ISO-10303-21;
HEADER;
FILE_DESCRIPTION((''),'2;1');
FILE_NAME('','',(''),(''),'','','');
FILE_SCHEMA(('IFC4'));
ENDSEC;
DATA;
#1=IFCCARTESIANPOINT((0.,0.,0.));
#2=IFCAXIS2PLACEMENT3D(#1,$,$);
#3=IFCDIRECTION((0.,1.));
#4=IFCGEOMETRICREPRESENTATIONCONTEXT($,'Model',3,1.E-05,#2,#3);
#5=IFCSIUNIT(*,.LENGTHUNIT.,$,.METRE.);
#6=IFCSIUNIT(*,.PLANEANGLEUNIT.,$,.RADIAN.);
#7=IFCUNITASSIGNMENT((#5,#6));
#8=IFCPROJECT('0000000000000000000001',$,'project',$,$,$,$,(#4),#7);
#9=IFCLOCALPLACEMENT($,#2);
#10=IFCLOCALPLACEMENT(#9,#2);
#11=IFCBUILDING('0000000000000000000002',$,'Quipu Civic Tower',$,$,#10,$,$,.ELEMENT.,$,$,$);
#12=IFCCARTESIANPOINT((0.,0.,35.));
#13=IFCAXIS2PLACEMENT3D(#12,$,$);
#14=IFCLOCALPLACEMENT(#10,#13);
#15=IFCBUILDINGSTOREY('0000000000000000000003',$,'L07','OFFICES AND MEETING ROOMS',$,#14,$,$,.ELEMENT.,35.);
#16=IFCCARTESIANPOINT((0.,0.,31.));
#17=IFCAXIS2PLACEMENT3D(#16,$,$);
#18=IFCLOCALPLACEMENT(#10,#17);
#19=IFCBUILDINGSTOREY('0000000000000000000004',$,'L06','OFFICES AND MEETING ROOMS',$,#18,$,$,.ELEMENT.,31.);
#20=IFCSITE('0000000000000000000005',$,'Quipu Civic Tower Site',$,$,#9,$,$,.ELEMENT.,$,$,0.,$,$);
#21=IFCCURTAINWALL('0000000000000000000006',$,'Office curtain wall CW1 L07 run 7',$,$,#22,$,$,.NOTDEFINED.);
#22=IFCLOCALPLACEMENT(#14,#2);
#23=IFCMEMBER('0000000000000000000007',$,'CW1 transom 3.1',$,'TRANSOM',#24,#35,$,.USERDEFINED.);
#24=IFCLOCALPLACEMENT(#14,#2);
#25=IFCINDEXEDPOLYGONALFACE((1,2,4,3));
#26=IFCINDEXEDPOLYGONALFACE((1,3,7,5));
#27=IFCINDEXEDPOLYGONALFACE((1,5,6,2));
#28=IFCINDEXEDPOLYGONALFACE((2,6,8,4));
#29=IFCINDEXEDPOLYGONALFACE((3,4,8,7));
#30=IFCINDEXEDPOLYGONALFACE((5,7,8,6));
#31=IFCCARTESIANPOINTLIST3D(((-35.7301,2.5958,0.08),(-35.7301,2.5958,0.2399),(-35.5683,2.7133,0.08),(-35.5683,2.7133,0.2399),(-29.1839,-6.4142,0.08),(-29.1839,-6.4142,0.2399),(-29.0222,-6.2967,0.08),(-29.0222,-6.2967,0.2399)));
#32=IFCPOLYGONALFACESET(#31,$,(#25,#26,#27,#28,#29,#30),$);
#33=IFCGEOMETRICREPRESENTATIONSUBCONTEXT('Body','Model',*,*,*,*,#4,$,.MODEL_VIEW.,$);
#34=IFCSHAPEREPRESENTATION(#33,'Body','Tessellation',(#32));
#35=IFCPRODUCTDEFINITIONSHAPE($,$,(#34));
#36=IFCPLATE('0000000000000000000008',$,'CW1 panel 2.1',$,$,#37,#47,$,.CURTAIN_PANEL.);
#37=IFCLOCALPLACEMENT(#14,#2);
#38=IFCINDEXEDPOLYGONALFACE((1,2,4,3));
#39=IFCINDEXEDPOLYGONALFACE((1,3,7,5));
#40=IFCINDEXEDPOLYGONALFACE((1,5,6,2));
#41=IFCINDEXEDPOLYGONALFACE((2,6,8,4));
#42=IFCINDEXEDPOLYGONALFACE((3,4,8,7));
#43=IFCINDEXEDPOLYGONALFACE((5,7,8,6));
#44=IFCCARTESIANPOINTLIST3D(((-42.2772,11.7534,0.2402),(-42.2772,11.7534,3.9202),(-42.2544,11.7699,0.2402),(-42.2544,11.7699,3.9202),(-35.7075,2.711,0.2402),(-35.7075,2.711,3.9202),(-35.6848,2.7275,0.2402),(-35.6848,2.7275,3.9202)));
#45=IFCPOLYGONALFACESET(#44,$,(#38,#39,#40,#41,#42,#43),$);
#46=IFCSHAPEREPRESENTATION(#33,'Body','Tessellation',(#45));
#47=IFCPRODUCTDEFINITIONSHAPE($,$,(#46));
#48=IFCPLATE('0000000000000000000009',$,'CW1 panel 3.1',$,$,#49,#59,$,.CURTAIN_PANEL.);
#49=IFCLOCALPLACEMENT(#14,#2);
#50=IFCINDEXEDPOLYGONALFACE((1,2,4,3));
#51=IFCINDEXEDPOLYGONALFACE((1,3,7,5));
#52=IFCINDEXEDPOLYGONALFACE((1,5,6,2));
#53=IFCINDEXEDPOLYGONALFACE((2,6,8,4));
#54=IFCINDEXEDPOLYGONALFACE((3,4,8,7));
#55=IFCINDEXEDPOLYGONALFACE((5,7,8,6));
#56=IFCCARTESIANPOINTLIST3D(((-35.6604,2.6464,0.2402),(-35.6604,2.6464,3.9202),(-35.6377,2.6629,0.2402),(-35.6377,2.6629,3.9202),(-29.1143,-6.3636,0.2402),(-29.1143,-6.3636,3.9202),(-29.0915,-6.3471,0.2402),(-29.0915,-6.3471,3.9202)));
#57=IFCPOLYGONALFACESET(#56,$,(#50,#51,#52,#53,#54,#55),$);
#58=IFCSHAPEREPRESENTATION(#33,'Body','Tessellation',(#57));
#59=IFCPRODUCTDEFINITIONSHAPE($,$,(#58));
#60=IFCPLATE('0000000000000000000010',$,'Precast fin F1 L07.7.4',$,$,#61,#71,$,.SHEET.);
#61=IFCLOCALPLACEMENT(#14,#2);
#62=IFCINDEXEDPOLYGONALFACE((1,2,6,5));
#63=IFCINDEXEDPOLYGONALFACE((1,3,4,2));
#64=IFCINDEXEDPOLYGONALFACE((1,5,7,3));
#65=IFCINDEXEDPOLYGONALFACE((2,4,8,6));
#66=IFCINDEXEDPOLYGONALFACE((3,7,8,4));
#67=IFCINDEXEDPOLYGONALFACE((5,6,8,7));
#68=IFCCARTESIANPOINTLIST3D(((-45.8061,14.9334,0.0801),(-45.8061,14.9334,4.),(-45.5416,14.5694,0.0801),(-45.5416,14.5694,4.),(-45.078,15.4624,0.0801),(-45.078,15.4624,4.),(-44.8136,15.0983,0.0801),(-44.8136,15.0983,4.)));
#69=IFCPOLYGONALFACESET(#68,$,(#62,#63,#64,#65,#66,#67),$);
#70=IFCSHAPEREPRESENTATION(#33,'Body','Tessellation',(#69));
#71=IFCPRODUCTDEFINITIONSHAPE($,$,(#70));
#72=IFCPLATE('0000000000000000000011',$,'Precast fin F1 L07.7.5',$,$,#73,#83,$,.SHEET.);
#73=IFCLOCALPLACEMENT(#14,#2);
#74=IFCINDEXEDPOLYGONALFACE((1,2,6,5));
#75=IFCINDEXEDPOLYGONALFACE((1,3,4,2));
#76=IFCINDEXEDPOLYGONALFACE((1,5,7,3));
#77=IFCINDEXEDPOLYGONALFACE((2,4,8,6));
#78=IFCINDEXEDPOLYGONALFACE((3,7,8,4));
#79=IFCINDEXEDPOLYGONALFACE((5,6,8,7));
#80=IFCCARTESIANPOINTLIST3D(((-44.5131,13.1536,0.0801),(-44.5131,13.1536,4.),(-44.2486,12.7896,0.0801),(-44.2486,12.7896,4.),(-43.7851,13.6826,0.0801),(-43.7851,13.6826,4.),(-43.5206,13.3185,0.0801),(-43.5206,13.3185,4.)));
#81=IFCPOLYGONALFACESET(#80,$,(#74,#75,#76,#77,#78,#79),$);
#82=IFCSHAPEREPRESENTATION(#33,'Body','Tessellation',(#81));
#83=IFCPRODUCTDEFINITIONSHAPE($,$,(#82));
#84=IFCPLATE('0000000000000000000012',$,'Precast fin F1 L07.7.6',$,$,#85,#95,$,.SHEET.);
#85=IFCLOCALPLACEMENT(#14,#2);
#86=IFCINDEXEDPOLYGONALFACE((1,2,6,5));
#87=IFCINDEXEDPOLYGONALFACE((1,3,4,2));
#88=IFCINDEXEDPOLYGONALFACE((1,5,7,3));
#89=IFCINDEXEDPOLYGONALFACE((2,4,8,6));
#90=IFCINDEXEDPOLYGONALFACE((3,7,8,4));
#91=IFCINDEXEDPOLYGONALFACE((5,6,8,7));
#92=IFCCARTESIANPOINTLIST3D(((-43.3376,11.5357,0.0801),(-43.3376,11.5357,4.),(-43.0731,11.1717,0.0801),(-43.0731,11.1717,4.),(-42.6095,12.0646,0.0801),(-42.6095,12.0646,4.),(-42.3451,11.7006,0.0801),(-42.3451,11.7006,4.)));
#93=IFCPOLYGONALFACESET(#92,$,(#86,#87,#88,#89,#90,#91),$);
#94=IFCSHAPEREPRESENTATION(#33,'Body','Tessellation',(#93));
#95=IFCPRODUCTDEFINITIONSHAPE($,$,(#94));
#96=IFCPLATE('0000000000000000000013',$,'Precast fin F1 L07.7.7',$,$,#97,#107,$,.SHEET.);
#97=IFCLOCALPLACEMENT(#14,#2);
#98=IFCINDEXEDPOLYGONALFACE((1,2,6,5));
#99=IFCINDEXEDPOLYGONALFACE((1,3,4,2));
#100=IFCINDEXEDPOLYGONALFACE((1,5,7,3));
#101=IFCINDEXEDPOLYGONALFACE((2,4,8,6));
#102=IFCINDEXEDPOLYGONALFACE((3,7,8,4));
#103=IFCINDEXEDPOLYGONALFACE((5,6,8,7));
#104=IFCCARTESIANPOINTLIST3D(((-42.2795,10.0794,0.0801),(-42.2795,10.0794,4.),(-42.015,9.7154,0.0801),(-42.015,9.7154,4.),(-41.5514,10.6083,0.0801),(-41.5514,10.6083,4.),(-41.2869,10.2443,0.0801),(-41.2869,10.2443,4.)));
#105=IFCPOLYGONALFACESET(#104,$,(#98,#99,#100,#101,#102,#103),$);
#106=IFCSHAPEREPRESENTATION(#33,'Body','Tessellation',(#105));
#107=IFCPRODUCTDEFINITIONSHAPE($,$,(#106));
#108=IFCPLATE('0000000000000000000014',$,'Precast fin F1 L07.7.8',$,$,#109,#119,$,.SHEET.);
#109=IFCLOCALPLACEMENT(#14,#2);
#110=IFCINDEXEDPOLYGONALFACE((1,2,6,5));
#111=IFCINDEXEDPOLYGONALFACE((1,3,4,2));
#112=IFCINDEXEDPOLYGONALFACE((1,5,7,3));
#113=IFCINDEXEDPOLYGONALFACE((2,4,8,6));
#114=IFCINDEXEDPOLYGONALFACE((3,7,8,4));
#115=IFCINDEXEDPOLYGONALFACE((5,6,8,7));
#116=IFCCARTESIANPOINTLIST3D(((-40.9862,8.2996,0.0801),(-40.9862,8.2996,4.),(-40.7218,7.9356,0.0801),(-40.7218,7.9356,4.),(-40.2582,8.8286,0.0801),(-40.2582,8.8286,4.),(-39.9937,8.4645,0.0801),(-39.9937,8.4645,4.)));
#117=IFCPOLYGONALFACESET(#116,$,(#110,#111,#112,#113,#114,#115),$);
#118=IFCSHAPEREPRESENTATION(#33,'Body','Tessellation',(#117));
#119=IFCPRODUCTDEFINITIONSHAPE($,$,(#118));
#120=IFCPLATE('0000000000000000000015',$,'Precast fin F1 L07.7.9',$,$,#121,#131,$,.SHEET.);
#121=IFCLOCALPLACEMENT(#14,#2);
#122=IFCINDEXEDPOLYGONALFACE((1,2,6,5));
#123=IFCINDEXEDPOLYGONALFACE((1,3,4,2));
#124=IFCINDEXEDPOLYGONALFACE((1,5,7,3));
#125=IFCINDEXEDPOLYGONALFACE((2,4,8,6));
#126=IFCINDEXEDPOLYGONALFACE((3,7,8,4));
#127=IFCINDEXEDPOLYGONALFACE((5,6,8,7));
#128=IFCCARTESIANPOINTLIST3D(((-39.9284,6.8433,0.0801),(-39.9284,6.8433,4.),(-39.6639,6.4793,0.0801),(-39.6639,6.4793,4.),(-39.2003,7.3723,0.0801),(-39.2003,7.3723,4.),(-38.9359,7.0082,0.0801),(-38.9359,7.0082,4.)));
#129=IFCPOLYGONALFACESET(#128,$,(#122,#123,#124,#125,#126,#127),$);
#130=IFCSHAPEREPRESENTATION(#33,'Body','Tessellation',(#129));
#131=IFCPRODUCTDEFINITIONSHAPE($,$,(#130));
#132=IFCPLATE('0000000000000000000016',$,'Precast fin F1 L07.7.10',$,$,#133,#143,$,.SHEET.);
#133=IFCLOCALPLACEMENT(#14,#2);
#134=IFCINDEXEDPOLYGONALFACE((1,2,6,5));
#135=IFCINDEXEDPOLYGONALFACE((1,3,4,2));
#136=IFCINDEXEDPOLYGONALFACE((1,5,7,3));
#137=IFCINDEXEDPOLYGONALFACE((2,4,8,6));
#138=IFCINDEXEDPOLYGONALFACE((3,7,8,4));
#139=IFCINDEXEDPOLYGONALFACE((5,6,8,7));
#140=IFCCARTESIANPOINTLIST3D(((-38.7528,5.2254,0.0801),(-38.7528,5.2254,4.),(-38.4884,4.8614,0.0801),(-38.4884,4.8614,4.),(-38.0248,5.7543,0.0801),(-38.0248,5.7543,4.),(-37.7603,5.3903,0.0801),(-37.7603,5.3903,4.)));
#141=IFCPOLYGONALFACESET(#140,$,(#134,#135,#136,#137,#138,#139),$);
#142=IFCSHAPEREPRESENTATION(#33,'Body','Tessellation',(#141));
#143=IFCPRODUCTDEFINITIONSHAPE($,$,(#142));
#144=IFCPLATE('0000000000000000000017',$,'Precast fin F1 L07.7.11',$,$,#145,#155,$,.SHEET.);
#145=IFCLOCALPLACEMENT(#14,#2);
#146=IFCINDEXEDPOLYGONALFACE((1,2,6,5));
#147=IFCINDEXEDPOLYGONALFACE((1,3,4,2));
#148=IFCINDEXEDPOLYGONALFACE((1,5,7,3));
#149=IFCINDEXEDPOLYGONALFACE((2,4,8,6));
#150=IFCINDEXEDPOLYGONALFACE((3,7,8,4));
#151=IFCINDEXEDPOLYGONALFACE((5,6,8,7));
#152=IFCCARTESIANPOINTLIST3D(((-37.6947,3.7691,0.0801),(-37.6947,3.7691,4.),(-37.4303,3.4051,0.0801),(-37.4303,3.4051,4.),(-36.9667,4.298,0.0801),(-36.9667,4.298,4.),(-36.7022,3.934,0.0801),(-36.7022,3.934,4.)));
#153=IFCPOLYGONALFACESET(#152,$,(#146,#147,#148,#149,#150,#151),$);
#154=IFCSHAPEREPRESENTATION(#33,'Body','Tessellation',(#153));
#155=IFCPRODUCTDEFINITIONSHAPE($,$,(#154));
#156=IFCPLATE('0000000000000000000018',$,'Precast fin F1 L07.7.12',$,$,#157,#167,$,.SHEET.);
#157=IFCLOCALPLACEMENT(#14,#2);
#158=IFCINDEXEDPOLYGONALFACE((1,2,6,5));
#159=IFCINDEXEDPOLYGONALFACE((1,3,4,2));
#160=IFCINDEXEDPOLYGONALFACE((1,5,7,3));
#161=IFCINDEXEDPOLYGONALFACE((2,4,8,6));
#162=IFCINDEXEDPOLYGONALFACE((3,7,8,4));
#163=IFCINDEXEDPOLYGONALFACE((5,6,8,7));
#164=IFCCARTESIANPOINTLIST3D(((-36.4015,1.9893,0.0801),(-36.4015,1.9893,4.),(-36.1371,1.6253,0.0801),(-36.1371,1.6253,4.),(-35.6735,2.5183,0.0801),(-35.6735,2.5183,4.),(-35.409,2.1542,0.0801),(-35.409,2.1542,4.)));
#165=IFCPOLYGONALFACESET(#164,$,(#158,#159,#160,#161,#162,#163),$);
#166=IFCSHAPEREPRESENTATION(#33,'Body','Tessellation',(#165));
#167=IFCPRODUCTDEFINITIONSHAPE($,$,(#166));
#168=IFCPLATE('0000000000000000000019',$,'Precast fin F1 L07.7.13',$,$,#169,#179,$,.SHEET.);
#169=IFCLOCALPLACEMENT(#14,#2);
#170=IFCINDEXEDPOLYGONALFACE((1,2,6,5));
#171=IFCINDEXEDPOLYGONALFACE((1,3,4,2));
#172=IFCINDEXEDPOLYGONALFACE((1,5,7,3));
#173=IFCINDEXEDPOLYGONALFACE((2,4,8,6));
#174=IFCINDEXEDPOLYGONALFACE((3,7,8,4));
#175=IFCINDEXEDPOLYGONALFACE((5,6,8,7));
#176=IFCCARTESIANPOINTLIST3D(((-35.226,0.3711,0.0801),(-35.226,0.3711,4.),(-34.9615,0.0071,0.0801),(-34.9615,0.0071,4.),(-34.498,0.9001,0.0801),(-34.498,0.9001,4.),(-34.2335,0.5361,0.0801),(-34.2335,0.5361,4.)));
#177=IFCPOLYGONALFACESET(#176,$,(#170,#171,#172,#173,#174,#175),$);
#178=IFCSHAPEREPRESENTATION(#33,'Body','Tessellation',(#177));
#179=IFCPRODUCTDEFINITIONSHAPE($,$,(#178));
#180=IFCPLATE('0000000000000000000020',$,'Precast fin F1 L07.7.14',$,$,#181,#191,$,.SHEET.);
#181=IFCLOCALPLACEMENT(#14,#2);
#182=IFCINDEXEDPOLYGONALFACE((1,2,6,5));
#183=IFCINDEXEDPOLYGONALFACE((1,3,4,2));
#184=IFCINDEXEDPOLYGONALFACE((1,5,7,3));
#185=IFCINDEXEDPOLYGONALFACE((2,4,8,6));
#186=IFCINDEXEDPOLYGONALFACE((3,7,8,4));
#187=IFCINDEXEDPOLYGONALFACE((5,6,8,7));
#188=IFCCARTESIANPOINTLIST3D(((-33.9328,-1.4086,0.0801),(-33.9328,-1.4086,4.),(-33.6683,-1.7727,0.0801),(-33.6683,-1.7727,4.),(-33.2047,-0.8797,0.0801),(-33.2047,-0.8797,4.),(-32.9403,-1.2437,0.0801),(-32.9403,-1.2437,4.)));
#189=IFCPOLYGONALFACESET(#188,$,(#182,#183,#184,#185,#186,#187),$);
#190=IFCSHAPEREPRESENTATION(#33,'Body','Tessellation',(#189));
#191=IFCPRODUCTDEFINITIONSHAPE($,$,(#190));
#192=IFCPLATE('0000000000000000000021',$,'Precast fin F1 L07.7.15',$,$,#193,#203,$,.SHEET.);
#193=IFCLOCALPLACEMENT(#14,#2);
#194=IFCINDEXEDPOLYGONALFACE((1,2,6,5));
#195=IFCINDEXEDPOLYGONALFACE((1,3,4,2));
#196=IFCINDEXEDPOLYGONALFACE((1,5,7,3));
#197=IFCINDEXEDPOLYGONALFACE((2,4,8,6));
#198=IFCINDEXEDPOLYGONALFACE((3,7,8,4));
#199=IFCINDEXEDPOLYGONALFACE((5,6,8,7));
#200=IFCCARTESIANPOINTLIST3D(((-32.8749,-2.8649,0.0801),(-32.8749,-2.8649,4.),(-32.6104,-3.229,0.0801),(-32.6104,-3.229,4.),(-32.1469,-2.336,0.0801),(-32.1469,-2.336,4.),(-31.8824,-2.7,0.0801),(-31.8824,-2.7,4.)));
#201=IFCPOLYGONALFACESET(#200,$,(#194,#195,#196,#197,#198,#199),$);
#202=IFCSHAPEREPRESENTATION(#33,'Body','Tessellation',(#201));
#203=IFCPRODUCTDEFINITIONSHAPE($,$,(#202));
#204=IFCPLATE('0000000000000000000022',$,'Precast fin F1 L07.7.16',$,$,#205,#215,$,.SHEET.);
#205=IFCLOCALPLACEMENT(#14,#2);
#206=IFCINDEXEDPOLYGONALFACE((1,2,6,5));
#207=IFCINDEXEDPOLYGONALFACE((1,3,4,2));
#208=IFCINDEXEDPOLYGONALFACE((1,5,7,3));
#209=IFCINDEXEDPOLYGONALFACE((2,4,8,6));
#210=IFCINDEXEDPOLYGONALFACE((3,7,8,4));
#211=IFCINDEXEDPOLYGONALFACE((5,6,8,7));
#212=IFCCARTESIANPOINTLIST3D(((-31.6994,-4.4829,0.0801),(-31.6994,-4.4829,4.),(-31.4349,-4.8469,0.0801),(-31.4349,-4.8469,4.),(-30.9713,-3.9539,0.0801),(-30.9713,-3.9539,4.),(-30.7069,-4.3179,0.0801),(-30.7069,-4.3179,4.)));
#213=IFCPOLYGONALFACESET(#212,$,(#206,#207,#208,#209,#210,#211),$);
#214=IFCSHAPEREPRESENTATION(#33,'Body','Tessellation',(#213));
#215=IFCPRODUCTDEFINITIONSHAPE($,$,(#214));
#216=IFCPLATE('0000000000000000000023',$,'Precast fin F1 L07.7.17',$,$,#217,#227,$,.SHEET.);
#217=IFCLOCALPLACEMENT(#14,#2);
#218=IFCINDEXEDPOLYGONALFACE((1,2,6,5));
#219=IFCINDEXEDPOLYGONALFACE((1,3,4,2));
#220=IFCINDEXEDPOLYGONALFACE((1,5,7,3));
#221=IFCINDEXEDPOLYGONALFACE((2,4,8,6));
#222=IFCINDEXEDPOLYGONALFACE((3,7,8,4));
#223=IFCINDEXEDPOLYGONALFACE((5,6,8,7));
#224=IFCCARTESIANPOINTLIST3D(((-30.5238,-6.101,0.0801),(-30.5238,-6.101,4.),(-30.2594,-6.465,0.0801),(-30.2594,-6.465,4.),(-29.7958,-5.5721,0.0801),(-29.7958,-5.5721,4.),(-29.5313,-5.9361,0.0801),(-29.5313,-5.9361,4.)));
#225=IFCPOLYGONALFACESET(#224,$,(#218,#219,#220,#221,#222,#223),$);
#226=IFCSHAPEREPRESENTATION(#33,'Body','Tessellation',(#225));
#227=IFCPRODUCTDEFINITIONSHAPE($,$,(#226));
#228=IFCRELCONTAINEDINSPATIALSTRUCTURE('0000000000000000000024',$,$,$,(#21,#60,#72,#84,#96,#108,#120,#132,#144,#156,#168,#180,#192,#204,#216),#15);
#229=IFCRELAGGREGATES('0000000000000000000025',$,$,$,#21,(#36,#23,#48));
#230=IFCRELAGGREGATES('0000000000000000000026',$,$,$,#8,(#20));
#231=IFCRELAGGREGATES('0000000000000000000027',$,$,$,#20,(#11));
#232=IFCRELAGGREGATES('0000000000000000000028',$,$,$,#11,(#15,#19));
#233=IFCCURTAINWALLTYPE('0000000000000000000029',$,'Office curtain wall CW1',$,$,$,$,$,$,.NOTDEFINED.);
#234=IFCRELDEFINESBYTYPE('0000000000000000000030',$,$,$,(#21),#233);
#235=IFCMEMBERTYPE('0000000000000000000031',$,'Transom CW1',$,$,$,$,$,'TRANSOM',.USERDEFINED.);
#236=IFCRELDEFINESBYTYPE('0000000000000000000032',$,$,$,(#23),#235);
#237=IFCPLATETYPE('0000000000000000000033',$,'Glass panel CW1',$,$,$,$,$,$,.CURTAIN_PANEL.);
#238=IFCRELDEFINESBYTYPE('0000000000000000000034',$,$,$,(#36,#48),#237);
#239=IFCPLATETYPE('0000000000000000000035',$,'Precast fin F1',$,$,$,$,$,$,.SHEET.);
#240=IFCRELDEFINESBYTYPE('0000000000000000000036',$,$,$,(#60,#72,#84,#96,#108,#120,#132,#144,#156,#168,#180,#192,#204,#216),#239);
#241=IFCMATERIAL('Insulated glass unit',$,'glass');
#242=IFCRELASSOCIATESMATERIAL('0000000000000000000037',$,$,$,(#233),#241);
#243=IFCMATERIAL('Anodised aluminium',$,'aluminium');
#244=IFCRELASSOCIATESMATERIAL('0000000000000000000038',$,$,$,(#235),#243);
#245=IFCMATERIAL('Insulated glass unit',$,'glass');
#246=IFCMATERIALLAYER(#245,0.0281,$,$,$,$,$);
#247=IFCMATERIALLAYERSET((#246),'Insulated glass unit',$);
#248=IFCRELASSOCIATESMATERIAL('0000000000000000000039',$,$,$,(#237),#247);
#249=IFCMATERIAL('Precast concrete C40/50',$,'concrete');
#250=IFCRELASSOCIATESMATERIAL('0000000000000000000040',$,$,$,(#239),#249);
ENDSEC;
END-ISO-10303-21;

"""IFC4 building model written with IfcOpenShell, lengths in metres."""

from ifc_helpers import new_model, si_unit, direction, frame, origin, origin_2d, place, context, subcontext, project, spatial, rectangle, extrude, material, layer, layer_set, material_profile, profile_set, type_object, element, aggregate, save


model = new_model("IFC4")

# Units and contexts
model_context = context("Model", 3, precision=1e-05, world=origin(), true_north=direction((0.0, 1.0)))
body_context = subcontext(model_context, "Body", "Model", "MODEL_VIEW")
ifc_project = project(units=[si_unit("LENGTHUNIT", "METRE"), si_unit("PLANEANGLEUNIT", "RADIAN")], contexts=[model_context])

# Site, building, storey
site_placement = place(None, origin())
site = spatial("IfcSite", under=ifc_project, at=site_placement, Name="Quipu Civic Tower Site", CompositionType="ELEMENT", RefElevation=0.0)
building_placement = place(site_placement, origin())
building = spatial("IfcBuilding", under=site, at=building_placement, Name="Quipu Civic Tower", CompositionType="ELEMENT")
storey_1_placement = place(building_placement, frame((0.0, 0.0, 35.0)))
storey_1 = spatial("IfcBuildingStorey", under=building, at=storey_1_placement, Name="L07", Description="OFFICES AND MEETING ROOMS", CompositionType="ELEMENT", Elevation=35.0)

# Curtain wall
ifc_material_1 = material(Name="Insulated glass unit", Category="glass")
curtain_wall_type = type_object("IfcCurtainWallType", Name="Office curtain wall CW1", PredefinedType="NOTDEFINED", material=ifc_material_1)
curtain_wall_1_placement = place(storey_1_placement, origin())
curtain_wall_1 = element("IfcCurtainWall", 1, at=curtain_wall_1_placement, inside=storey_1, type_object=curtain_wall_type, Name="Office curtain wall CW1 L07 run 7", PredefinedType="NOTDEFINED")

# Shared definitions
storey_2_placement = place(building_placement, frame((0.0, 0.0, 31.0)))
storey_2 = spatial("IfcBuildingStorey", under=building, at=storey_2_placement, Name="L06", Description="OFFICES AND MEETING ROOMS", CompositionType="ELEMENT", Elevation=31.0)

# Shared definitions
ifc_material_2 = material(Name="Anodised aluminium", Category="aluminium")
ifc_material_profile_1 = material_profile(ifc_material_2, rectangle(XDim=0.2, YDim=0.1599, at=origin_2d()), Name="RECT 200x160")
ifc_profile_set_1 = profile_set([ifc_material_profile_1], Name="Anodised aluminium")
member_type_1 = type_object("IfcMemberType", Name="Transom CW1", ElementType="TRANSOM", PredefinedType="USERDEFINED", material=ifc_profile_set_1)

# Member
member_1_placement = place(storey_1_placement, frame((-35.6492, 2.6545, 0.1599), z_axis=(0.587785, -0.809018, 0.0), x_axis=(0.809018, 0.587785, 0.0)))
member_1 = element("IfcMember", 2, at=member_1_placement, type_object=member_type_1, Name="CW1 transom 3.1", ObjectType="TRANSOM", PredefinedType="USERDEFINED", context=body_context, shape_type="SweptSolid", body=[
    extrude(rectangle(XDim=0.2, YDim=0.1599, at=origin_2d()), origin(), (0.0, 0.0, 1.0), 11.137),
])

# Plates
ifc_material_3 = material(Name="Insulated glass unit", Category="glass")
ifc_layer_1 = layer(ifc_material_3, 0.0281)
ifc_layer_set_1 = layer_set([ifc_layer_1], Name="Insulated glass unit")
plate_type_1 = type_object("IfcPlateType", Name="Glass panel CW1", PredefinedType="CURTAIN_PANEL", material=ifc_layer_set_1)
plate_1_placement = place(storey_1_placement, frame((-38.981, 7.2405, 0.2402), z_axis=(0.0, 0.0, 1.0), x_axis=(0.587786, -0.809017, 0.0)))
plate_1 = element("IfcPlate", 3, at=plate_1_placement, type_object=plate_type_1, Name="CW1 panel 2.1", PredefinedType="CURTAIN_PANEL", context=body_context, shape_type="SweptSolid", body=[
    extrude(rectangle(XDim=11.177, YDim=0.0281, at=origin_2d()), origin(), (0.0, 0.0, 1.0), 3.6799),
])
plate_2_placement = place(storey_1_placement, frame((-32.376, -1.8503, 0.2402), z_axis=(0.0, 0.0, 1.0), x_axis=(0.587786, -0.809017, 0.0)))
plate_2 = element("IfcPlate", 4, at=plate_2_placement, type_object=plate_type_1, Name="CW1 panel 3.1", PredefinedType="CURTAIN_PANEL", context=body_context, shape_type="SweptSolid", body=[
    extrude(rectangle(XDim=11.137, YDim=0.0281, at=origin_2d()), origin(), (0.0, 0.0, 1.0), 3.6799),
])
aggregate(curtain_wall_1, [plate_1, member_1, plate_2])

# Plates
ifc_material_4 = material(Name="Precast concrete C40/50", Category="concrete")
plate_type_2 = type_object("IfcPlateType", Name="Precast fin F1", PredefinedType="SHEET", material=ifc_material_4)
for number, where, z_axis, x_axis, name in (
    (5, (-45.3098, 15.0159, 0.0801), (0.0, 0.0, 1.0), (0.587786, -0.809017, 0.0), "Precast fin F1 L07.7.4"),
    (6, (-44.0168, 13.2361, 0.0801), (0.0, 0.0, 1.0), (0.587786, -0.809017, 0.0), "Precast fin F1 L07.7.5"),
    (7, (-42.8413, 11.6182, 0.0801), (0.0, 0.0, 1.0), (0.587786, -0.809017, 0.0), "Precast fin F1 L07.7.6"),
    (8, (-41.7832, 10.1619, 0.0801), (0.0, 0.0, 1.0), (0.587786, -0.809017, 0.0), "Precast fin F1 L07.7.7"),
    (9, (-40.49, 8.3821, 0.0801), (0.0, 0.0, 1.0), (0.587786, -0.809017, 0.0), "Precast fin F1 L07.7.8"),
    (10, (-39.4321, 6.9258, 0.0801), (0.0, 0.0, 1.0), (0.587786, -0.809017, 0.0), "Precast fin F1 L07.7.9"),
    (11, (-38.2566, 5.3079, 0.0801), (0.0, 0.0, 1.0), (0.587786, -0.809017, 0.0), "Precast fin F1 L07.7.10"),
    (12, (-37.1985, 3.8516, 0.0801), (0.0, 0.0, 1.0), (0.587786, -0.809017, 0.0), "Precast fin F1 L07.7.11"),
    (13, (-35.9053, 2.0718, 0.0801), (0.0, 0.0, 1.0), (0.587786, -0.809017, 0.0), "Precast fin F1 L07.7.12"),
    (14, (-34.7297, 0.4536, 0.0801), (0.0, 0.0, 1.0), (0.587786, -0.809017, 0.0), "Precast fin F1 L07.7.13"),
    (15, (-33.4365, -1.3262, 0.0801), (0.0, 0.0, 1.0), (0.587786, -0.809017, 0.0), "Precast fin F1 L07.7.14"),
    (16, (-32.3787, -2.7825, 0.0801), (0.0, 0.0, 1.0), (0.587786, -0.809017, 0.0), "Precast fin F1 L07.7.15"),
    (17, (-31.2031, -4.4004, 0.0801), (0.0, 0.0, 1.0), (0.587786, -0.809017, 0.0), "Precast fin F1 L07.7.16"),
    (18, (-30.0276, -6.0186, 0.0801), (0.0, 0.0, 1.0), (0.587786, -0.809017, 0.0), "Precast fin F1 L07.7.17"),
):
    element("IfcPlate", number, at=place(storey_1_placement, frame(where, z_axis=z_axis, x_axis=x_axis)), inside=storey_1, type_object=plate_type_2, Name=name, PredefinedType="SHEET", context=body_context, shape_type="SweptSolid", body=[
        extrude(rectangle(XDim=0.45, YDim=0.8999, at=origin_2d()), origin(), (0.0, 0.0, 1.0), 3.9199),
    ])

save(model, "model.ifc")
